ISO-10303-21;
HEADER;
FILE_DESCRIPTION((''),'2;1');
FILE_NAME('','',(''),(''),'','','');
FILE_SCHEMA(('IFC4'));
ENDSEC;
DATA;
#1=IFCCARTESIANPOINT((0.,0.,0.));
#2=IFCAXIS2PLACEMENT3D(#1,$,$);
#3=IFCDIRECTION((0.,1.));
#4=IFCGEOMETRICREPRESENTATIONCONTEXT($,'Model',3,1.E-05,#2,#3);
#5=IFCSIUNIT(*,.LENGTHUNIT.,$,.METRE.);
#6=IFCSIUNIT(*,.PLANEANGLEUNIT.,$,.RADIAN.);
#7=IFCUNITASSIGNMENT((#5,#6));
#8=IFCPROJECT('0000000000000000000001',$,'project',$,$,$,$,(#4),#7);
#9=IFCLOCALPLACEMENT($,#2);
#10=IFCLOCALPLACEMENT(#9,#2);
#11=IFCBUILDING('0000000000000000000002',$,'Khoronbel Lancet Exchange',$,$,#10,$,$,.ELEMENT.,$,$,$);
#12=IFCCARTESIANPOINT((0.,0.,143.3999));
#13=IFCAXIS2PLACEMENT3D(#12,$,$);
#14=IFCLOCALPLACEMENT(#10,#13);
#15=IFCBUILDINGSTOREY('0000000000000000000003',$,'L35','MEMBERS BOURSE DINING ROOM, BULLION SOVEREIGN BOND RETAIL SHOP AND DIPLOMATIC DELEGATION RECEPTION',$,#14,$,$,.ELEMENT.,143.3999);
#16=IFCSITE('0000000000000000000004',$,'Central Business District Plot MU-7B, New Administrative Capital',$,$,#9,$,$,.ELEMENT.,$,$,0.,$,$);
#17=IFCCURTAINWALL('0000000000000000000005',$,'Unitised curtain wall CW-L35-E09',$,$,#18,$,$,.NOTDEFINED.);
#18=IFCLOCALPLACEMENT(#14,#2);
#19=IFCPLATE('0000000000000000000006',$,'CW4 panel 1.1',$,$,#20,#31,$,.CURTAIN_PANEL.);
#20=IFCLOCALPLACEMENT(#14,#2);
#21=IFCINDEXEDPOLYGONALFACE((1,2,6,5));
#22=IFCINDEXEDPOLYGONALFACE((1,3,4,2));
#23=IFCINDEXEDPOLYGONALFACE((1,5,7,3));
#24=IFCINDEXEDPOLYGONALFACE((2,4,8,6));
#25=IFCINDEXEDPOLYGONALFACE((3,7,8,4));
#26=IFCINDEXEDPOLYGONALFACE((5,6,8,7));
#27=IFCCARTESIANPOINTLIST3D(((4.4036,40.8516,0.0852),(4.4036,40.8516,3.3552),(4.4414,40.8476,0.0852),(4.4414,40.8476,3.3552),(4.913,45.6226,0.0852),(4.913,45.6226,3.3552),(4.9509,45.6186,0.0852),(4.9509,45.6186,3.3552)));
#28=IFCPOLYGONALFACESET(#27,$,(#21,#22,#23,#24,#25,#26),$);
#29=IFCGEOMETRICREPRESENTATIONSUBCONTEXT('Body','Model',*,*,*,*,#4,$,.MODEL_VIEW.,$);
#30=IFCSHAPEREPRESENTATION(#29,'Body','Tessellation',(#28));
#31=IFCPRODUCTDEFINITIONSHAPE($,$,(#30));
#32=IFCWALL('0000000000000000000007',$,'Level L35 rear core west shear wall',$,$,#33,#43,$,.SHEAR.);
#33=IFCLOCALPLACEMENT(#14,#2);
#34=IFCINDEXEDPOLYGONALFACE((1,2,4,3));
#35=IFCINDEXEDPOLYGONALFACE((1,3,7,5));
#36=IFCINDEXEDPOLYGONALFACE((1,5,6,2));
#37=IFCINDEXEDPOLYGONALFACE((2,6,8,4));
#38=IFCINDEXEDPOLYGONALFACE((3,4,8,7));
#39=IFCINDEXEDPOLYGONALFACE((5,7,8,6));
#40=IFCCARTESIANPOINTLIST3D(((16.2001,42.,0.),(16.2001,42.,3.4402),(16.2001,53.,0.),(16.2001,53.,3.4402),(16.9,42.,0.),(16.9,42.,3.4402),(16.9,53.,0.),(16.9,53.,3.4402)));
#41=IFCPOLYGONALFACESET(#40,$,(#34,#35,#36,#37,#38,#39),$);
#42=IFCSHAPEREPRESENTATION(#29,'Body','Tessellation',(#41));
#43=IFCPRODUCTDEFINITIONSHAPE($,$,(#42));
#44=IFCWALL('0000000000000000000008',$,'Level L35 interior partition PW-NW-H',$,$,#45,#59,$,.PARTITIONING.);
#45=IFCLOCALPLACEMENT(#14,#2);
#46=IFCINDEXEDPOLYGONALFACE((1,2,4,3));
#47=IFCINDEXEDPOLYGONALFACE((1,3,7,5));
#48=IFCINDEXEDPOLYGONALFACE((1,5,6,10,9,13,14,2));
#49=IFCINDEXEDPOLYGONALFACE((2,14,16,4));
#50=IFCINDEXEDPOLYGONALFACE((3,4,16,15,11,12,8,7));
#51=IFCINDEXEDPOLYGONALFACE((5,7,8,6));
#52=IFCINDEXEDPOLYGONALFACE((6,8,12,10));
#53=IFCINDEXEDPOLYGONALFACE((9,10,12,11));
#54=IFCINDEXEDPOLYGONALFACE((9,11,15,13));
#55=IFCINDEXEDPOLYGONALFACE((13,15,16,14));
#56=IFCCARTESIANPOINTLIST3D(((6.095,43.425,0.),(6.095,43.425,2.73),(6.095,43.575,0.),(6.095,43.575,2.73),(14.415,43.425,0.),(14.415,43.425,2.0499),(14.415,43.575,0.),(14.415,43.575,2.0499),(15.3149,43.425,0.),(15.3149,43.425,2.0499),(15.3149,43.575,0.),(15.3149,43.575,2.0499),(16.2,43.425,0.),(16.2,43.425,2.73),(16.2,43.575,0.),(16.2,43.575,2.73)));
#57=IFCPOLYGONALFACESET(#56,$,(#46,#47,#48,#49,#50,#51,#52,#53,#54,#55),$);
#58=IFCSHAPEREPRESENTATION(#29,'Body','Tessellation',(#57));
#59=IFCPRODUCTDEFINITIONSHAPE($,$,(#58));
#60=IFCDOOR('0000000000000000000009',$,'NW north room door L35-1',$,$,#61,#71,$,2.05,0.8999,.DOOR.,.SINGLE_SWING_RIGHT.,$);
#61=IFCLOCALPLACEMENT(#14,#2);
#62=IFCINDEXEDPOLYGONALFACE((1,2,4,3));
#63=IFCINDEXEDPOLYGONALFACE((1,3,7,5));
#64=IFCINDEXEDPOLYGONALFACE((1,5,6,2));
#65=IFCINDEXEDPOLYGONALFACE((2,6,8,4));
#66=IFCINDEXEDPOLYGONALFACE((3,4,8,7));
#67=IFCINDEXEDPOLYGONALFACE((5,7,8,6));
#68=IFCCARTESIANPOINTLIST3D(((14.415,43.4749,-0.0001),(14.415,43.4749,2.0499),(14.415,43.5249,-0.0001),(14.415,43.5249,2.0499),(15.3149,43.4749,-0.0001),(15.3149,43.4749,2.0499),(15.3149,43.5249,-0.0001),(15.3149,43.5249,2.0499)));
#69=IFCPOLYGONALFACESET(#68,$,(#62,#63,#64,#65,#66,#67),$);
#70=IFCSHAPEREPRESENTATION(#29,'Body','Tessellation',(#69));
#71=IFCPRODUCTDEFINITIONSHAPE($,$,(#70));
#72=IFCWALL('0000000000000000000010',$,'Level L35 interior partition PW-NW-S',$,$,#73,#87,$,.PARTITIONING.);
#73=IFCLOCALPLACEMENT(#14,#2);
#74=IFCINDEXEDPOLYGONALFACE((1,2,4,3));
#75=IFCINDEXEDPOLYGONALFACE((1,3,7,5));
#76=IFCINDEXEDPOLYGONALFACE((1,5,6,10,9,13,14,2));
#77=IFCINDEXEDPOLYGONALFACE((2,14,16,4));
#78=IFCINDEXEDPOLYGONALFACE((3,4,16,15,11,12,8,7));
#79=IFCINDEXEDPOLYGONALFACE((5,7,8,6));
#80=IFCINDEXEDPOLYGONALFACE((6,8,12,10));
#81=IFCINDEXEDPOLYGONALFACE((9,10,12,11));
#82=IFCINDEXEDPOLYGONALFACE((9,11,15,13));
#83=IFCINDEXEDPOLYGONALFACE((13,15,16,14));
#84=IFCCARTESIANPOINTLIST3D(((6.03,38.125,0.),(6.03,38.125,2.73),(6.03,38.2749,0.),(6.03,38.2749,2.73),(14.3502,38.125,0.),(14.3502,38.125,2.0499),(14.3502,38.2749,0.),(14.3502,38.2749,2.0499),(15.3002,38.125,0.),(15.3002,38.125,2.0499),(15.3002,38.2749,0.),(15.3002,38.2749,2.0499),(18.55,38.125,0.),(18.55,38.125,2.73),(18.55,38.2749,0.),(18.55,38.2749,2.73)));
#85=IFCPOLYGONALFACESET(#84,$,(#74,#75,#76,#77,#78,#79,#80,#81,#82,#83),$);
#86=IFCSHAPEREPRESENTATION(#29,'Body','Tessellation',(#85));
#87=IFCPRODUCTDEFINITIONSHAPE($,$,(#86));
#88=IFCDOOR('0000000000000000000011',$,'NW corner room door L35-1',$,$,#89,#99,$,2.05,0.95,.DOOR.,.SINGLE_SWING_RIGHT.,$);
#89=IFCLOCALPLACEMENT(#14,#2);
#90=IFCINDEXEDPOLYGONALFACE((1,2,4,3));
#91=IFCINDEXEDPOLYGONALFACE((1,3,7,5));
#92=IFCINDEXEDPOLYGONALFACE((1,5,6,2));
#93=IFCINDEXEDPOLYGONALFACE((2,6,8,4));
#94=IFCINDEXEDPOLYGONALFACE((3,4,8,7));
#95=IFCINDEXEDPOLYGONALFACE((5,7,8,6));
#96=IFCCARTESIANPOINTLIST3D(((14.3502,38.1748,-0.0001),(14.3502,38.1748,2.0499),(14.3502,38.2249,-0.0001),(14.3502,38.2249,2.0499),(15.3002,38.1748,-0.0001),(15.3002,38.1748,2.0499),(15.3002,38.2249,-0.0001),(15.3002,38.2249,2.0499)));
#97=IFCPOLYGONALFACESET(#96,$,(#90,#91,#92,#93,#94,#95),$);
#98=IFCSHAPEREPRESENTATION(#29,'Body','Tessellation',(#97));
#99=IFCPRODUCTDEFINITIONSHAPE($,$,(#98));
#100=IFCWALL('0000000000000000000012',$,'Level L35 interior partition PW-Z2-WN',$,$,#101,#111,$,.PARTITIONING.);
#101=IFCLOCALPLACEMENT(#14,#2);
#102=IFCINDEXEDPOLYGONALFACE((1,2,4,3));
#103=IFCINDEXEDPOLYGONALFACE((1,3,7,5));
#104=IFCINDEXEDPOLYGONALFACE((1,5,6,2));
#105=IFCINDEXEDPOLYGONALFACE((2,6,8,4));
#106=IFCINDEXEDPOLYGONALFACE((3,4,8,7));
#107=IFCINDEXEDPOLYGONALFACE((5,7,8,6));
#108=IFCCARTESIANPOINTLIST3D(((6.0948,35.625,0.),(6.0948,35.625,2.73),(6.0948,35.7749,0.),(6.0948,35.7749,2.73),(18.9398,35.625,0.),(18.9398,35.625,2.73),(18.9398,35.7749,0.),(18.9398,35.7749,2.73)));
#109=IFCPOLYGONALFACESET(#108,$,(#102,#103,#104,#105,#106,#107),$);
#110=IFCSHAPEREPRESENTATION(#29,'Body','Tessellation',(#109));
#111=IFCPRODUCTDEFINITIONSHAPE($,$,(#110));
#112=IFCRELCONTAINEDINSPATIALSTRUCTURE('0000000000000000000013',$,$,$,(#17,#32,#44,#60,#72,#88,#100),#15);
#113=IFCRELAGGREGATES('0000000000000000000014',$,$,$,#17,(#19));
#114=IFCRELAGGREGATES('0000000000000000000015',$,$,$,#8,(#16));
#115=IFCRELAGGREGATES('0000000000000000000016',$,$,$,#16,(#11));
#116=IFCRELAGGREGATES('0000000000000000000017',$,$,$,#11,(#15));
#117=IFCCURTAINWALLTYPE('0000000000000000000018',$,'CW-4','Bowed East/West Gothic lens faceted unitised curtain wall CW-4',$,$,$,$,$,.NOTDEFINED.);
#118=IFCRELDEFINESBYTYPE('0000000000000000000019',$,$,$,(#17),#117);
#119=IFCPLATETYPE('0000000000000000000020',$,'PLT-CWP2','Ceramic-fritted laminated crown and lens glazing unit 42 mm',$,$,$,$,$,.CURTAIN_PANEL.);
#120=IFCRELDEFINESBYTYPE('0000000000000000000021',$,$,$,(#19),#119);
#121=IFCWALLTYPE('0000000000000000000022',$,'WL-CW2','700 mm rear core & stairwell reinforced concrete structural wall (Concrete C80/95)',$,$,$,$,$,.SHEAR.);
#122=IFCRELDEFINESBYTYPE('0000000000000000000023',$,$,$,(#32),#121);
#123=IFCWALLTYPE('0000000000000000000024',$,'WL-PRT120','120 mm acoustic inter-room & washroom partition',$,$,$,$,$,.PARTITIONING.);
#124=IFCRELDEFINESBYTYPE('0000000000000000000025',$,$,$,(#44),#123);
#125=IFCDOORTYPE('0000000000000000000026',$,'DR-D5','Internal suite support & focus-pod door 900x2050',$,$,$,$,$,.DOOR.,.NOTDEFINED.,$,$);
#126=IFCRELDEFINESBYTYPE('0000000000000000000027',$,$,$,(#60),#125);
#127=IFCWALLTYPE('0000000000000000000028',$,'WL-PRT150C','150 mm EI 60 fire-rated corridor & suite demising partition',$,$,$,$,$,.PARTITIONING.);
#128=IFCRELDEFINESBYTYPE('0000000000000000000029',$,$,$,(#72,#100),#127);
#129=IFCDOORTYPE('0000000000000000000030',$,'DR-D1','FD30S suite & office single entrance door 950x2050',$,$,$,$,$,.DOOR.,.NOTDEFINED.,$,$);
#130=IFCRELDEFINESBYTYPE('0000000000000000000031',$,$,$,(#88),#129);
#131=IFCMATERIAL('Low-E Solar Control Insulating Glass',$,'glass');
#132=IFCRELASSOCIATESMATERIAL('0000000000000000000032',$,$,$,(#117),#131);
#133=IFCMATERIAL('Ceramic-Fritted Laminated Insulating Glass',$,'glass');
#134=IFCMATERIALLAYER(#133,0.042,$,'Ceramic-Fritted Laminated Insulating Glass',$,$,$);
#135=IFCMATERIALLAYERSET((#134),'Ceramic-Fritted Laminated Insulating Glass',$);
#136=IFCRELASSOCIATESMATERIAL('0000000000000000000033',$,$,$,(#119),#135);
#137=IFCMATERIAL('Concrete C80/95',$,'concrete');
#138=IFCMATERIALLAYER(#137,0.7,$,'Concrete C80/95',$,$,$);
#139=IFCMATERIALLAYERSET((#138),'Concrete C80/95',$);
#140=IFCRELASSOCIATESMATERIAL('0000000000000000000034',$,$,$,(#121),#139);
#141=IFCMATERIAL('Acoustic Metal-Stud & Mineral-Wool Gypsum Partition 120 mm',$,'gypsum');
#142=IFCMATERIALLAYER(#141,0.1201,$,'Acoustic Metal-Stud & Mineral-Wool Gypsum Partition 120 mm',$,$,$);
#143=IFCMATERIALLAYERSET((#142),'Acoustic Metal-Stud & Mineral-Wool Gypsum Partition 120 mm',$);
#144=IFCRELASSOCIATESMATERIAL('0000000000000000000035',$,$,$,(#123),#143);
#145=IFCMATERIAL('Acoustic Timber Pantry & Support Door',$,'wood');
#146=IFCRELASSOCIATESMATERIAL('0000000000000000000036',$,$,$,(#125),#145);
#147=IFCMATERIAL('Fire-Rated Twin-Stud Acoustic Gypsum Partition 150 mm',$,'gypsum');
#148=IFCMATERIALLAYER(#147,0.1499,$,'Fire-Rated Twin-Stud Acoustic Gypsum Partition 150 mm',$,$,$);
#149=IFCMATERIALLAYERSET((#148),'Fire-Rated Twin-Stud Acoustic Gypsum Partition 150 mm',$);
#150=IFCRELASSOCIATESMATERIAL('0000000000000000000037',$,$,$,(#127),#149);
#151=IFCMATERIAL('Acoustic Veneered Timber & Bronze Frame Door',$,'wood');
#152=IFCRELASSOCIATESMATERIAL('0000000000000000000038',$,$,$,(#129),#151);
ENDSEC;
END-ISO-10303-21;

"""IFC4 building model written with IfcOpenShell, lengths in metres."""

from ifc_helpers import new_model, si_unit, direction, frame, frame_2d, origin, origin_2d, place, context, subcontext, project, spatial, rectangle, extrude, material, layer, layer_set, type_object, element, fill, aggregate, save


model = new_model("IFC4")

# Units and contexts
model_context = context("Model", 3, precision=1e-05, world=origin(), true_north=direction((0.0, 1.0)))
body_context = subcontext(model_context, "Body", "Model", "MODEL_VIEW")
ifc_project = project(units=[si_unit("LENGTHUNIT", "METRE"), si_unit("PLANEANGLEUNIT", "RADIAN")], contexts=[model_context])

# Site, building, storey
site_placement = place(None, origin())
site = spatial("IfcSite", under=ifc_project, at=site_placement, Name="Central Business District Plot MU-7B, New Administrative Capital", CompositionType="ELEMENT", RefElevation=0.0)
building_placement = place(site_placement, origin())
building = spatial("IfcBuilding", under=site, at=building_placement, Name="Khoronbel Lancet Exchange", CompositionType="ELEMENT")
storey_placement = place(building_placement, frame((0.0, 0.0, 143.3999)))
storey = spatial("IfcBuildingStorey", under=building, at=storey_placement, Name="L35", Description="MEMBERS BOURSE DINING ROOM, BULLION SOVEREIGN BOND RETAIL SHOP AND DIPLOMATIC DELEGATION RECEPTION", CompositionType="ELEMENT", Elevation=143.3999)

# Shared definitions
ifc_material_1 = material(Name="Low-E Solar Control Insulating Glass", Category="glass")
curtain_wall_type = type_object("IfcCurtainWallType", Name="CW-4", Description="Bowed East/West Gothic lens faceted unitised curtain wall CW-4", PredefinedType="NOTDEFINED", material=ifc_material_1)

# Curtain wall
curtain_wall_1_placement = place(storey_placement, origin())
curtain_wall_1 = element("IfcCurtainWall", 1, at=curtain_wall_1_placement, inside=storey, type_object=curtain_wall_type, Name="Unitised curtain wall CW-L35-E09", PredefinedType="NOTDEFINED")

# Plate
ifc_material_2 = material(Name="Ceramic-Fritted Laminated Insulating Glass", Category="glass")
ifc_layer_1 = layer(ifc_material_2, 0.042, Name="Ceramic-Fritted Laminated Insulating Glass")
ifc_layer_set_1 = layer_set([ifc_layer_1], Name="Ceramic-Fritted Laminated Insulating Glass")
plate_type_1 = type_object("IfcPlateType", Name="PLT-CWP2", Description="Ceramic-fritted laminated crown and lens glazing unit 42 mm", PredefinedType="CURTAIN_PANEL", material=ifc_layer_set_1)
plate_1_placement = place(storey_placement, frame((4.6772, 43.2351, 0.0852), z_axis=(0.0, 0.0, 1.0), x_axis=(0.106181, 0.994347, 0.0)))
plate_1 = element("IfcPlate", 2, at=plate_1_placement, type_object=plate_type_1, Name="CW4 panel 1.1", PredefinedType="CURTAIN_PANEL", context=body_context, shape_type="SweptSolid", body=[
    extrude(rectangle(XDim=4.7981, YDim=0.0381, at=origin_2d()), origin(), (0.0, 0.0, 1.0), 3.27),
])
aggregate(curtain_wall_1, [plate_1])

# Wall
ifc_material_3 = material(Name="Concrete C80/95", Category="concrete")
ifc_layer_2 = layer(ifc_material_3, 0.7, Name="Concrete C80/95")
ifc_layer_set_2 = layer_set([ifc_layer_2], Name="Concrete C80/95")
wall_type_1 = type_object("IfcWallType", Name="WL-CW2", Description="700 mm rear core & stairwell reinforced concrete structural wall (Concrete C80/95)", PredefinedType="SHEAR", material=ifc_layer_set_2)
wall_1_placement = place(storey_placement, frame((16.55, 42.0, 0.0), z_axis=(0.0, 0.0, 1.0), x_axis=(0.0, 1.0, 0.0)))
element("IfcWall", 3, at=wall_1_placement, inside=storey, type_object=wall_type_1, Name="Level L35 rear core west shear wall", PredefinedType="SHEAR", context=body_context, shape_type="SweptSolid", body=[
    extrude(rectangle(XDim=11.0, YDim=0.7, at=frame_2d((5.5, 0.0))), origin(), (0.0, 0.0, 1.0), 3.4402),
])

# Walls, openings, doors
ifc_material_4 = material(Name="Acoustic Metal-Stud & Mineral-Wool Gypsum Partition 120 mm", Category="gypsum")
ifc_layer_3 = layer(ifc_material_4, 0.1201, Name="Acoustic Metal-Stud & Mineral-Wool Gypsum Partition 120 mm")
ifc_layer_set_3 = layer_set([ifc_layer_3], Name="Acoustic Metal-Stud & Mineral-Wool Gypsum Partition 120 mm")
wall_type_2 = type_object("IfcWallType", Name="WL-PRT120", Description="120 mm acoustic inter-room & washroom partition", PredefinedType="PARTITIONING", material=ifc_layer_set_3)
wall_2_placement = place(storey_placement, frame((6.095, 43.5, 0.0), z_axis=(0.0, 0.0, 1.0), x_axis=(1.0, 0.0, 0.0)))
wall_2 = element("IfcWall", 4, at=wall_2_placement, inside=storey, type_object=wall_type_2, Name="Level L35 interior partition PW-NW-H", PredefinedType="PARTITIONING", context=body_context, shape_type="SweptSolid", body=[
    extrude(rectangle(XDim=10.105, YDim=0.1499, at=frame_2d((5.0525, 0.0))), origin(), (0.0, 0.0, 1.0), 2.73),
])
opening_1_placement = place(wall_2_placement, frame((8.3201, 0.0, 0.0)))
opening_1 = element("IfcOpeningElement", 5, at=opening_1_placement, cuts=wall_2, PredefinedType="OPENING", context=body_context, shape_type="SweptSolid", body=[
    extrude(rectangle(XDim=0.8999, YDim=2.05, at=frame_2d((0.45, 1.0249))), frame((0.0, 0.085, 0.0), z_axis=(0.0, -1.0, 0.0), x_axis=(1.0, 0.0, 0.0)), (0.0, 0.0, 1.0), 0.1699),
])
ifc_material_5 = material(Name="Acoustic Timber Pantry & Support Door", Category="wood")
door_type_1 = type_object("IfcDoorType", Name="DR-D5", Description="Internal suite support & focus-pod door 900x2050", OperationType="NOTDEFINED", PredefinedType="DOOR", material=ifc_material_5)
door_1_placement = place(opening_1_placement, origin())
door_1 = element("IfcDoor", 6, at=door_1_placement, inside=storey, type_object=door_type_1, Name="NW north room door L35-1", OperationType="SINGLE_SWING_RIGHT", OverallHeight=2.05, OverallWidth=0.8999, PredefinedType="DOOR", context=body_context, shape_type="SweptSolid", body=[
    extrude(rectangle(XDim=0.8999, YDim=2.05, at=frame_2d((0.45, 1.0249))), frame((0.0, 0.0249, 0.0), z_axis=(0.0, -1.0, 0.0), x_axis=(1.0, 0.0, 0.0)), (0.0, 0.0, 1.0), 0.05),
])
fill(opening_1, door_1)
ifc_material_6 = material(Name="Fire-Rated Twin-Stud Acoustic Gypsum Partition 150 mm", Category="gypsum")
ifc_layer_4 = layer(ifc_material_6, 0.1499, Name="Fire-Rated Twin-Stud Acoustic Gypsum Partition 150 mm")
ifc_layer_set_4 = layer_set([ifc_layer_4], Name="Fire-Rated Twin-Stud Acoustic Gypsum Partition 150 mm")
wall_type_3 = type_object("IfcWallType", Name="WL-PRT150C", Description="150 mm EI 60 fire-rated corridor & suite demising partition", PredefinedType="PARTITIONING", material=ifc_layer_set_4)
wall_3_placement = place(storey_placement, frame((6.03, 38.2, 0.0), z_axis=(0.0, 0.0, 1.0), x_axis=(1.0, 0.0, 0.0)))
wall_3 = element("IfcWall", 7, at=wall_3_placement, inside=storey, type_object=wall_type_3, Name="Level L35 interior partition PW-NW-S", PredefinedType="PARTITIONING", context=body_context, shape_type="SweptSolid", body=[
    extrude(rectangle(XDim=12.52, YDim=0.1499, at=frame_2d((6.26, 0.0))), origin(), (0.0, 0.0, 1.0), 2.73),
])
opening_2_placement = place(wall_3_placement, frame((8.3201, 0.0, 0.0)))
opening_2 = element("IfcOpeningElement", 8, at=opening_2_placement, cuts=wall_3, PredefinedType="OPENING", context=body_context, shape_type="SweptSolid", body=[
    extrude(rectangle(XDim=0.95, YDim=2.05, at=frame_2d((0.4751, 1.0249))), frame((0.0, 0.085, 0.0), z_axis=(0.0, -1.0, 0.0), x_axis=(1.0, 0.0, 0.0)), (0.0, 0.0, 1.0), 0.1699),
])
ifc_material_7 = material(Name="Acoustic Veneered Timber & Bronze Frame Door", Category="wood")
door_type_2 = type_object("IfcDoorType", Name="DR-D1", Description="FD30S suite & office single entrance door 950x2050", OperationType="NOTDEFINED", PredefinedType="DOOR", material=ifc_material_7)
door_2_placement = place(opening_2_placement, origin())
door_2 = element("IfcDoor", 9, at=door_2_placement, inside=storey, type_object=door_type_2, Name="NW corner room door L35-1", OperationType="SINGLE_SWING_RIGHT", OverallHeight=2.05, OverallWidth=0.95, PredefinedType="DOOR", context=body_context, shape_type="SweptSolid", body=[
    extrude(rectangle(XDim=0.95, YDim=2.05, at=frame_2d((0.4751, 1.0249))), frame((0.0, 0.0249, 0.0), z_axis=(0.0, -1.0, 0.0), x_axis=(1.0, 0.0, 0.0)), (0.0, 0.0, 1.0), 0.05),
])
fill(opening_2, door_2)

# Wall
wall_4_placement = place(storey_placement, frame((6.095, 35.7, 0.0), z_axis=(0.0, 0.0, 1.0), x_axis=(1.0, 0.0, 0.0)))
element("IfcWall", 10, at=wall_4_placement, inside=storey, type_object=wall_type_3, Name="Level L35 interior partition PW-Z2-WN", PredefinedType="PARTITIONING", context=body_context, shape_type="SweptSolid", body=[
    extrude(rectangle(XDim=12.845, YDim=0.1499, at=frame_2d((6.4224, 0.0))), origin(), (0.0, 0.0, 1.0), 2.73),
])

save(model, "model.ifc")
